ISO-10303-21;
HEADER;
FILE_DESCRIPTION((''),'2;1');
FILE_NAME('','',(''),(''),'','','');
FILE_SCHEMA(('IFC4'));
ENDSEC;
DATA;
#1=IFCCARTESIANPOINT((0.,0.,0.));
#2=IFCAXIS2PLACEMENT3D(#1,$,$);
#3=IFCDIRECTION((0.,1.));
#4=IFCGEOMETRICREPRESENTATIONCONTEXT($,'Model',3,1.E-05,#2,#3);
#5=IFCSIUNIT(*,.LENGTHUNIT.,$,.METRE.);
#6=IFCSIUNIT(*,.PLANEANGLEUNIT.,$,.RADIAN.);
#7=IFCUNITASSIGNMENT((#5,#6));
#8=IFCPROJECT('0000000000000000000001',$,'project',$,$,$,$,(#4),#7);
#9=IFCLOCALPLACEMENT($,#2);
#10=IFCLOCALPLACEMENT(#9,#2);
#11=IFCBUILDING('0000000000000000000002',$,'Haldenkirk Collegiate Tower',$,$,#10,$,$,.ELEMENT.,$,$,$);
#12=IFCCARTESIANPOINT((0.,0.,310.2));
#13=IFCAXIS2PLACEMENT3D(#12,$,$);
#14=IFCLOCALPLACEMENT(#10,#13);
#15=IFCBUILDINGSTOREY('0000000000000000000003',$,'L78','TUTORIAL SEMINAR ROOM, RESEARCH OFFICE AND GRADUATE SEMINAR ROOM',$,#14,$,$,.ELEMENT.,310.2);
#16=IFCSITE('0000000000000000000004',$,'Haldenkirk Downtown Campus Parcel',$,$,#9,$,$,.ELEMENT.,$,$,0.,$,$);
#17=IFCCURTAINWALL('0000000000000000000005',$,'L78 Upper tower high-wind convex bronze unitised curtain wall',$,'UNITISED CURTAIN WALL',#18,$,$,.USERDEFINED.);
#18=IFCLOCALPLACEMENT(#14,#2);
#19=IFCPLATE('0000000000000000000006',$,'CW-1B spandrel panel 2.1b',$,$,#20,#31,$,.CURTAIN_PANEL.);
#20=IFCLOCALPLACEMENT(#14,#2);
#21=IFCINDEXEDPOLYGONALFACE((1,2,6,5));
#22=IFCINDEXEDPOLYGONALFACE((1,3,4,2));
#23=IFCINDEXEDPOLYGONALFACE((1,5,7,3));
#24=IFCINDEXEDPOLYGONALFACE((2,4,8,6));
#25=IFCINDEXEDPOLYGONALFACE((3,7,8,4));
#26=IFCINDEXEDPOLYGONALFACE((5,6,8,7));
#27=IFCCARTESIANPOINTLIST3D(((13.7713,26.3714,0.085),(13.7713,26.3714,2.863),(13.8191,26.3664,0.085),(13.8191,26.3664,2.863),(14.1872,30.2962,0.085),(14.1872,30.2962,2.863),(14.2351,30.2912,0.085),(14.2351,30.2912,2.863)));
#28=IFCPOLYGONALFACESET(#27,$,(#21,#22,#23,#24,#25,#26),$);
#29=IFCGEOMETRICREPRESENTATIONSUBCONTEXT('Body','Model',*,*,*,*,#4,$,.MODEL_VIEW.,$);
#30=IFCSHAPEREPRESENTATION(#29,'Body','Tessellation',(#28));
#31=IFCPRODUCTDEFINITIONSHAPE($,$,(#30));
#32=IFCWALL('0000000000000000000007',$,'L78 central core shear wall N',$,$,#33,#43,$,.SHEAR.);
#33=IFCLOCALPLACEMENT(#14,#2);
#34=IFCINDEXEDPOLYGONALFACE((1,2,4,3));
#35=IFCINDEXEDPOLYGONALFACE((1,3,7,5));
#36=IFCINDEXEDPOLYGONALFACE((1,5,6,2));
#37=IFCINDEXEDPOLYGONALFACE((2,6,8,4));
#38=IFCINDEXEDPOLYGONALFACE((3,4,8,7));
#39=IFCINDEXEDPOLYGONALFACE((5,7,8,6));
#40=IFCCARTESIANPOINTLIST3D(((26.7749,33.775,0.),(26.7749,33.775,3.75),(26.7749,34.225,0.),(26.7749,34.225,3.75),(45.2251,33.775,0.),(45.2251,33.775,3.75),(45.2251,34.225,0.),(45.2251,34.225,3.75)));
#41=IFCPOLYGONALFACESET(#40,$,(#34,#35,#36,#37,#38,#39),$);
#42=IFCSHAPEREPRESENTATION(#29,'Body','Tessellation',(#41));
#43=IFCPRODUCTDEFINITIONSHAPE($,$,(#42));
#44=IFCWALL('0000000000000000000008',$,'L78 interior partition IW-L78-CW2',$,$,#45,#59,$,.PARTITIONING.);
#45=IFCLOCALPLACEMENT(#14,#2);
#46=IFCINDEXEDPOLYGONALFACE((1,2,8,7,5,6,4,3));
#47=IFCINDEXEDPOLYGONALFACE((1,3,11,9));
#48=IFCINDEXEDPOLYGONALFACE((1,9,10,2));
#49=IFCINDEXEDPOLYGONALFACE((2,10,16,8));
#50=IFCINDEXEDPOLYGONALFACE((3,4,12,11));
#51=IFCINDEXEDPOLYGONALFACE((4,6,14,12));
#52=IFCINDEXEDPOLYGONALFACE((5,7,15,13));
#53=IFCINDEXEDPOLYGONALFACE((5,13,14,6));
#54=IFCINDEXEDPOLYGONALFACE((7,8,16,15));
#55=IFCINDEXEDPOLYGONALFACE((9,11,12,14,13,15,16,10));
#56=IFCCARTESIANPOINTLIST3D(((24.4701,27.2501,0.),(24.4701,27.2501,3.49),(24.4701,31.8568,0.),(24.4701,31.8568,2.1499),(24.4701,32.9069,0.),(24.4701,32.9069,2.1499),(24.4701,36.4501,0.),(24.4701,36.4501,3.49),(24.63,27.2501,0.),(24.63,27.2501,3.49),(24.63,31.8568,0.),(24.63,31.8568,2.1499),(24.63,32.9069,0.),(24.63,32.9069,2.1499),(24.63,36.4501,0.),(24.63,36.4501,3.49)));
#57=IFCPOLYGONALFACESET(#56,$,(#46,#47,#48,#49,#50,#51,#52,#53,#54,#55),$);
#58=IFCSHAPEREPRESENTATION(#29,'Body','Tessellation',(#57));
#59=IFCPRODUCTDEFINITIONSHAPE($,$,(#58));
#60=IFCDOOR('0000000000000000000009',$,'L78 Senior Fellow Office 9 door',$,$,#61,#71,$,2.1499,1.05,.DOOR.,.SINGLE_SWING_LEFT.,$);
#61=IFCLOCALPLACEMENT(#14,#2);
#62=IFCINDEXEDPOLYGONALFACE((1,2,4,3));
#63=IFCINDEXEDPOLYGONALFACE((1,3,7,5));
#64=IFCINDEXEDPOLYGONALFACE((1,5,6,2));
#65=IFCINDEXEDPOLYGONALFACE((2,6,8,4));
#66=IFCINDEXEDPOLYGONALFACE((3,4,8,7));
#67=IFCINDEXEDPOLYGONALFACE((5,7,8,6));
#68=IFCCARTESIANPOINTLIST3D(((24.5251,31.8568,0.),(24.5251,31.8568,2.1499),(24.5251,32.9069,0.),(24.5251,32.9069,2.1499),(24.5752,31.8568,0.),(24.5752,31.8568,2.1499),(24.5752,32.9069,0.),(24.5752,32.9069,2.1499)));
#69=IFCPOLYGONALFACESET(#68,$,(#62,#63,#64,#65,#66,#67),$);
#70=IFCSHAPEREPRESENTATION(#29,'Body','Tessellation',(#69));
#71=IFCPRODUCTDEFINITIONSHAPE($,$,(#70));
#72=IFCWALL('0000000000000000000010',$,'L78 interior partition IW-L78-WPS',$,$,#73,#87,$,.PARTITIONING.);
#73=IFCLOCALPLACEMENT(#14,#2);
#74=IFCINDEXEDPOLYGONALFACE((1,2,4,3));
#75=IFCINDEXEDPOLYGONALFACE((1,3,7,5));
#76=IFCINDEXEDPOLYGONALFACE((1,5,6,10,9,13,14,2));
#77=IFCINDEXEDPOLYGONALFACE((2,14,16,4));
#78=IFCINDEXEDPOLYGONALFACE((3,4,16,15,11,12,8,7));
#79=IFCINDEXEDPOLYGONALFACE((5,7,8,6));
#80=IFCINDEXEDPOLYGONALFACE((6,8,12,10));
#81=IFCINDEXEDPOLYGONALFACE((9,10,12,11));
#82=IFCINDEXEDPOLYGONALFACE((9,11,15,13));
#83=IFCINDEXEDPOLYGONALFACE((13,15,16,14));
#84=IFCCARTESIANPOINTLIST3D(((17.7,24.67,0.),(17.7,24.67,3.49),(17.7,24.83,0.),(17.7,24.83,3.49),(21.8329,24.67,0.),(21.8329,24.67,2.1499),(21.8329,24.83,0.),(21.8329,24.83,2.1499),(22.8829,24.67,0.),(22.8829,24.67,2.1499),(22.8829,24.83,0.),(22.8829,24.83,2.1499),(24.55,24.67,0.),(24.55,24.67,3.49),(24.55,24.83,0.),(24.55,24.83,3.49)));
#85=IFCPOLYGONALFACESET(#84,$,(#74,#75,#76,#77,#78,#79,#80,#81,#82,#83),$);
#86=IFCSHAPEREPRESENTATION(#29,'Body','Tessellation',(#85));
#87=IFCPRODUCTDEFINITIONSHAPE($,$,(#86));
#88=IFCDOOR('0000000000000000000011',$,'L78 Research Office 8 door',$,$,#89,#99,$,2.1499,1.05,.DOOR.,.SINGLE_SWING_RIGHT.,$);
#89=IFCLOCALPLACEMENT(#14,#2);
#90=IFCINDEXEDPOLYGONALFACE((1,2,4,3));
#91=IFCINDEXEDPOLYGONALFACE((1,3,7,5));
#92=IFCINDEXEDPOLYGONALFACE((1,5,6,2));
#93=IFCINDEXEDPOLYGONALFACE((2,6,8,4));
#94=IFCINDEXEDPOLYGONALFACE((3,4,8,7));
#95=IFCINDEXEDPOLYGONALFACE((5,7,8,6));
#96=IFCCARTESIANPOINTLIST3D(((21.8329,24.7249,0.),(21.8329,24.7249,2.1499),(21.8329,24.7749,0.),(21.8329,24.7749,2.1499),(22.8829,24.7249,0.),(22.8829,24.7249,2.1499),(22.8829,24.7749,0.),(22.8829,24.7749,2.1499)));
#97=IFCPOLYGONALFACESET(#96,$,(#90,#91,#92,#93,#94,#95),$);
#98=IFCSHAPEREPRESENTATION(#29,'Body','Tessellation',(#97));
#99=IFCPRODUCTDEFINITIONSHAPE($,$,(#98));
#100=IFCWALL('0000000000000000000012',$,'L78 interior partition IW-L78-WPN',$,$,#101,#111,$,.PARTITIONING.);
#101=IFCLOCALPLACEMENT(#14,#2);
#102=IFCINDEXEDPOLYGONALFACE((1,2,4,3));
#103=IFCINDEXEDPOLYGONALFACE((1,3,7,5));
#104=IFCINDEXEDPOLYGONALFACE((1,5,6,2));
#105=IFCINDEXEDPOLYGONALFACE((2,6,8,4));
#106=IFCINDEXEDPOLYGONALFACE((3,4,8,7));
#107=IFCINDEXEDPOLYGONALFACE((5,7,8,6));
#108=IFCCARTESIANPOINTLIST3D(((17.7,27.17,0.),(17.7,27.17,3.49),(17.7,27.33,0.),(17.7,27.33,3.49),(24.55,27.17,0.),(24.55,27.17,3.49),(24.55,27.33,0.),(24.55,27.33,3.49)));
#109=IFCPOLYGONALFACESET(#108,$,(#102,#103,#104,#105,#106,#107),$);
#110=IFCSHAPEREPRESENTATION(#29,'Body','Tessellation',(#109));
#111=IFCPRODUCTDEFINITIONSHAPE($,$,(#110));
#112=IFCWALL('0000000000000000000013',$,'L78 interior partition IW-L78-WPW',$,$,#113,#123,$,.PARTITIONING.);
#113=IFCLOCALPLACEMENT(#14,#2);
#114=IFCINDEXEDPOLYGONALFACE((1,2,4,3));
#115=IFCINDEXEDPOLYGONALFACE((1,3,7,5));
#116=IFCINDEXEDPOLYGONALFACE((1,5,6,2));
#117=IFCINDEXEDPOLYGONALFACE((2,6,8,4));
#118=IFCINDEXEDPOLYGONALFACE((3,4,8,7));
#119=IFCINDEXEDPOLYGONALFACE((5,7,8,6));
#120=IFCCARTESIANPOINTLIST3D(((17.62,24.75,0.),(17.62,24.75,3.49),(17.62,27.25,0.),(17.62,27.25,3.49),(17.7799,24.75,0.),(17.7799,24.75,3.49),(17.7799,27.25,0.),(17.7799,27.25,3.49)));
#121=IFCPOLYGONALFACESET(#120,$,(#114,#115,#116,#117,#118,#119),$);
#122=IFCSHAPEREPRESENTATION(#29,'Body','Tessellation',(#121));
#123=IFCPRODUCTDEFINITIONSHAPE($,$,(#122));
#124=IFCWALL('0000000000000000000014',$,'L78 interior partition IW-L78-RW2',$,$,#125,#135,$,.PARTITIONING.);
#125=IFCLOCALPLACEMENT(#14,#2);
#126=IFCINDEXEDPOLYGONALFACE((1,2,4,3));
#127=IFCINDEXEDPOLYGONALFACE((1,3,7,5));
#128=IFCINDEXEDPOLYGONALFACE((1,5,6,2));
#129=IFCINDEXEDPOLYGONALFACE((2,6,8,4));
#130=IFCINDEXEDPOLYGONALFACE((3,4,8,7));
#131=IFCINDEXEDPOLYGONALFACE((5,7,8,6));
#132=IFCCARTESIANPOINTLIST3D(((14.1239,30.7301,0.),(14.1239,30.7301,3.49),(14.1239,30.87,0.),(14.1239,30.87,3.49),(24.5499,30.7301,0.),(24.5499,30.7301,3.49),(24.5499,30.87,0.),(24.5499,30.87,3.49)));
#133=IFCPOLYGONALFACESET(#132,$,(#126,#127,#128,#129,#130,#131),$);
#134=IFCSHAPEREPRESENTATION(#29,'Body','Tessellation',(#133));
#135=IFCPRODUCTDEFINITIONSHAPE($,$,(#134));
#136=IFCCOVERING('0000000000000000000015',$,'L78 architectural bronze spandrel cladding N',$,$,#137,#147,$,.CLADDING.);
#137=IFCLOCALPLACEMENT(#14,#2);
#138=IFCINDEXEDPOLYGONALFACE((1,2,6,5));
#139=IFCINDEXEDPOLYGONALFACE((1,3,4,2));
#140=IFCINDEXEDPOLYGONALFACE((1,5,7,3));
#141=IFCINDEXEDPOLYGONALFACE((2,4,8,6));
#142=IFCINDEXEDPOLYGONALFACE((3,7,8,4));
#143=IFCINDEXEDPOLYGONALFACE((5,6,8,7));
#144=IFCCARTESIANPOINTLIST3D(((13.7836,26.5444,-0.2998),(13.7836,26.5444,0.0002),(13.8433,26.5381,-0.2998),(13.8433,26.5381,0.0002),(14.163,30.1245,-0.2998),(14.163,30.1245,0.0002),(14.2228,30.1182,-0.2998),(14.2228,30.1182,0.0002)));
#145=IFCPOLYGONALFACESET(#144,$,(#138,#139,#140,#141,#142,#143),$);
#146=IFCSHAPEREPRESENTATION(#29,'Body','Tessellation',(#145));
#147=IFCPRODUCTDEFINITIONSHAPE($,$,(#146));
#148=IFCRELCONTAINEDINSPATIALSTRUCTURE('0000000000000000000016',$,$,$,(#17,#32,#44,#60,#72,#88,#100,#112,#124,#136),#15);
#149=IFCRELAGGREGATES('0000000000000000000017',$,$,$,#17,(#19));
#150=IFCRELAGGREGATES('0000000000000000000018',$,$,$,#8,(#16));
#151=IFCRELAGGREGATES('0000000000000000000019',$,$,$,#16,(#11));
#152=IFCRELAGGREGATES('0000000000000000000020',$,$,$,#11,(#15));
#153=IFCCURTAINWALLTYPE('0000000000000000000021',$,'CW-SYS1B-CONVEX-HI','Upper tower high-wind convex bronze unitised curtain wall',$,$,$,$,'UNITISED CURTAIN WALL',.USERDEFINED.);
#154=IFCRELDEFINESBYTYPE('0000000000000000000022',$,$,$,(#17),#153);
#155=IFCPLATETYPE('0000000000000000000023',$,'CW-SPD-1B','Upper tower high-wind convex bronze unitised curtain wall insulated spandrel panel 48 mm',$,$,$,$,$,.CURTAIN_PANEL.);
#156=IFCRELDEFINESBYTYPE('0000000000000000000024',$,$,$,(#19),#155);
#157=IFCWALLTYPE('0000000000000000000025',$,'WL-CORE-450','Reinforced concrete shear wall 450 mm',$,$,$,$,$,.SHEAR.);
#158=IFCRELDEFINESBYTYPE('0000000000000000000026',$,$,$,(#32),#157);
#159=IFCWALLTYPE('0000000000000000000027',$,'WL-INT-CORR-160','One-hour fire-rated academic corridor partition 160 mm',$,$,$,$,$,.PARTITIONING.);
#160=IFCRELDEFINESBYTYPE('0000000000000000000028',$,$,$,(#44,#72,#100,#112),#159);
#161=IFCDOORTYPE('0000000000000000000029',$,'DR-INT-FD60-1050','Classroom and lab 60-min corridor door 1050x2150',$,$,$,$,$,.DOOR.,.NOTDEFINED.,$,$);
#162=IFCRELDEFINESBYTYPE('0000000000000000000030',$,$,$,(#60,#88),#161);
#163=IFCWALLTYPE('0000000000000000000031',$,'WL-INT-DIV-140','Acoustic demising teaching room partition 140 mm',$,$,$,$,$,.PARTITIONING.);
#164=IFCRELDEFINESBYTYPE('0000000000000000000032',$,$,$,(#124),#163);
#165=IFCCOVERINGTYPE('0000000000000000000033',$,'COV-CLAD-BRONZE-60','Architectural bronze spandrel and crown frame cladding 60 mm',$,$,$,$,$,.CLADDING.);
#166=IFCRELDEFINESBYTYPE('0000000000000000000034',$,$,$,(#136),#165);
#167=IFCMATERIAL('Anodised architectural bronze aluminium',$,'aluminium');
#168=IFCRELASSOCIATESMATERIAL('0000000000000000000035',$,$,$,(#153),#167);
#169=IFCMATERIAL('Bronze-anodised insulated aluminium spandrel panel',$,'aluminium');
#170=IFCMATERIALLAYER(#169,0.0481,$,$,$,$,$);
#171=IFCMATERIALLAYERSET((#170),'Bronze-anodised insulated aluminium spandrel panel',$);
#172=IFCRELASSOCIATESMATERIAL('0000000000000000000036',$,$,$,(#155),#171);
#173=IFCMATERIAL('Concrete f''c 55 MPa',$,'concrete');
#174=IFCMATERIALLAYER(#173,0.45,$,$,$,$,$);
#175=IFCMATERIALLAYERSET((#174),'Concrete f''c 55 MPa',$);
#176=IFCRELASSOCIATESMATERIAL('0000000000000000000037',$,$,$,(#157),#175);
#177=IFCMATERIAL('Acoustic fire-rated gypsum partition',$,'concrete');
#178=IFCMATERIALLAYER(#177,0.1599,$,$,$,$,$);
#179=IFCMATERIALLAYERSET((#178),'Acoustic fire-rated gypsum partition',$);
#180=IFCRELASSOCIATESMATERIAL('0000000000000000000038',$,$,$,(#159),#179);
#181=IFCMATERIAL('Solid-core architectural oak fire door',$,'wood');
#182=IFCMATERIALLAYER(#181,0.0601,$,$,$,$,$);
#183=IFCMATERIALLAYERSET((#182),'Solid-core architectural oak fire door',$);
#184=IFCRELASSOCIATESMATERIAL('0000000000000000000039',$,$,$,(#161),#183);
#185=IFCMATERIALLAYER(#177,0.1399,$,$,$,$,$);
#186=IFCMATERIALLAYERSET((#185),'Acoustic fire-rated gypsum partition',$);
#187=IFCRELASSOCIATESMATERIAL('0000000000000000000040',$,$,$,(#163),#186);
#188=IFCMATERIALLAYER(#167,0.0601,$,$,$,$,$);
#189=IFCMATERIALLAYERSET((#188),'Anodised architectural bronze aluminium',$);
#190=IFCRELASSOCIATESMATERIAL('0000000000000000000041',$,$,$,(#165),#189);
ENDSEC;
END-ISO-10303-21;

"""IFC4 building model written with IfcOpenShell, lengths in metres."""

from ifc_helpers import new_model, si_unit, direction, frame, frame_2d, origin, origin_2d, place, context, subcontext, project, spatial, rectangle, extrude, source, transform, mapped, material, layer, layer_set, type_object, element, fill, aggregate, save


model = new_model("IFC4")

# Units and contexts
model_context = context("Model", 3, precision=1e-05, world=origin(), true_north=direction((0.0, 1.0)))
body_context = subcontext(model_context, "Body", "Model", "MODEL_VIEW")
ifc_project = project(units=[si_unit("LENGTHUNIT", "METRE"), si_unit("PLANEANGLEUNIT", "RADIAN")], contexts=[model_context])

# Site, building, storey
site_placement = place(None, origin())
site = spatial("IfcSite", under=ifc_project, at=site_placement, Name="Haldenkirk Downtown Campus Parcel", CompositionType="ELEMENT", RefElevation=0.0)
building_placement = place(site_placement, origin())
building = spatial("IfcBuilding", under=site, at=building_placement, Name="Haldenkirk Collegiate Tower", CompositionType="ELEMENT")
storey_placement = place(building_placement, frame((0.0, 0.0, 310.2)))
storey = spatial("IfcBuildingStorey", under=building, at=storey_placement, Name="L78", Description="TUTORIAL SEMINAR ROOM, RESEARCH OFFICE AND GRADUATE SEMINAR ROOM", CompositionType="ELEMENT", Elevation=310.2)

# Curtain wall
ifc_material_1 = material(Name="Anodised architectural bronze aluminium", Category="aluminium")
curtain_wall_type = type_object("IfcCurtainWallType", Name="CW-SYS1B-CONVEX-HI", Description="Upper tower high-wind convex bronze unitised curtain wall", ElementType="UNITISED CURTAIN WALL", PredefinedType="USERDEFINED", material=ifc_material_1)
curtain_wall_placement = place(storey_placement, origin())
curtain_wall = element("IfcCurtainWall", 1, at=curtain_wall_placement, inside=storey, type_object=curtain_wall_type, Name="L78 Upper tower high-wind convex bronze unitised curtain wall", ObjectType="UNITISED CURTAIN WALL", PredefinedType="USERDEFINED")

# Plate
ifc_material_2 = material(Name="Bronze-anodised insulated aluminium spandrel panel", Category="aluminium")
ifc_layer_1 = layer(ifc_material_2, 0.0481)
ifc_layer_set_1 = layer_set([ifc_layer_1], Name="Bronze-anodised insulated aluminium spandrel panel")
plate_type = type_object("IfcPlateType", Name="CW-SPD-1B", Description="Upper tower high-wind convex bronze unitised curtain wall insulated spandrel panel 48 mm", PredefinedType="CURTAIN_PANEL", material=ifc_layer_set_1)
shared_shape_1 = source(origin(), body_context, "Body", "SweptSolid", [
    extrude(rectangle(XDim=3.9468, YDim=0.0481, at=origin_2d()), origin(), (0.0, 0.0, 1.0), 2.7781),
])
plate_1_placement = place(storey_placement, frame((14.0032, 28.3313, 0.085), z_axis=(0.0, 0.0, 1.0), x_axis=(0.105394, 0.99443, 0.0)))
plate_1 = element("IfcPlate", 2, at=plate_1_placement, type_object=plate_type, Name="CW-1B spandrel panel 2.1b", PredefinedType="CURTAIN_PANEL", context=body_context, shape_type="MappedRepresentation", body=[
    mapped(shared_shape_1, transform((0.0, 0.0, 0.0), x_axis=(1.0, 0.0, 0.0), y_axis=(0.0, 1.0, 0.0), z_axis=(0.0, 0.0, 1.0), scale=1.0)),
])
aggregate(curtain_wall, [plate_1])

# Wall
ifc_material_3 = material(Name="Concrete f'c 55 MPa", Category="concrete")
ifc_layer_2 = layer(ifc_material_3, 0.45)
ifc_layer_set_2 = layer_set([ifc_layer_2], Name="Concrete f'c 55 MPa")
wall_type_1 = type_object("IfcWallType", Name="WL-CORE-450", Description="Reinforced concrete shear wall 450 mm", PredefinedType="SHEAR", material=ifc_layer_set_2)
wall_1_placement = place(storey_placement, frame((26.7749, 34.0, 0.0), z_axis=(0.0, 0.0, 1.0), x_axis=(1.0, 0.0, 0.0)))
element("IfcWall", 3, at=wall_1_placement, inside=storey, type_object=wall_type_1, Name="L78 central core shear wall N", PredefinedType="SHEAR", context=body_context, shape_type="SweptSolid", body=[
    extrude(rectangle(XDim=18.4502, YDim=0.45, at=frame_2d((9.2251, 0.0))), origin(), (0.0, 0.0, 1.0), 3.75),
])

# Walls, openings, doors
ifc_material_4 = material(Name="Acoustic fire-rated gypsum partition", Category="concrete")
ifc_layer_3 = layer(ifc_material_4, 0.1599)
ifc_layer_set_3 = layer_set([ifc_layer_3], Name="Acoustic fire-rated gypsum partition")
wall_type_2 = type_object("IfcWallType", Name="WL-INT-CORR-160", Description="One-hour fire-rated academic corridor partition 160 mm", PredefinedType="PARTITIONING", material=ifc_layer_set_3)
wall_2_placement = place(storey_placement, frame((24.55, 27.25, 0.0), z_axis=(0.0, 0.0, 1.0), x_axis=(0.0, 1.0, 0.0)))
wall_2 = element("IfcWall", 4, at=wall_2_placement, inside=storey, type_object=wall_type_2, Name="L78 interior partition IW-L78-CW2", PredefinedType="PARTITIONING", context=body_context, shape_type="SweptSolid", body=[
    extrude(rectangle(XDim=9.2, YDim=0.1599, at=frame_2d((4.6001, 0.0))), origin(), (0.0, 0.0, 1.0), 3.49),
])
opening_1_placement = place(wall_2_placement, frame((4.6069, 0.0, 0.0)))
opening_1 = element("IfcOpeningElement", 5, at=opening_1_placement, cuts=wall_2, PredefinedType="OPENING", context=body_context, shape_type="SweptSolid", body=[
    extrude(rectangle(XDim=1.05, YDim=2.1499, at=frame_2d((0.5249, 1.075))), frame((0.0, 0.0898, 0.0), z_axis=(0.0, -1.0, 0.0), x_axis=(1.0, 0.0, 0.0)), (0.0, 0.0, 1.0), 0.1799),
])
ifc_material_5 = material(Name="Solid-core architectural oak fire door", Category="wood")
ifc_layer_4 = layer(ifc_material_5, 0.0601)
ifc_layer_set_4 = layer_set([ifc_layer_4], Name="Solid-core architectural oak fire door")
door_type = type_object("IfcDoorType", Name="DR-INT-FD60-1050", Description="Classroom and lab 60-min corridor door 1050x2150", OperationType="NOTDEFINED", PredefinedType="DOOR", material=ifc_layer_set_4)
door_1_placement = place(opening_1_placement, origin())
door_1 = element("IfcDoor", 6, at=door_1_placement, inside=storey, type_object=door_type, Name="L78 Senior Fellow Office 9 door", OperationType="SINGLE_SWING_LEFT", OverallHeight=2.1499, OverallWidth=1.05, PredefinedType="DOOR", context=body_context, shape_type="SweptSolid", body=[
    extrude(rectangle(XDim=1.05, YDim=2.1499, at=frame_2d((0.5249, 1.075))), frame((0.0, 0.0249, 0.0), z_axis=(0.0, -1.0, 0.0), x_axis=(1.0, 0.0, 0.0)), (0.0, 0.0, 1.0), 0.05),
])
fill(opening_1, door_1)
wall_3_placement = place(storey_placement, frame((17.7, 24.75, 0.0), z_axis=(0.0, 0.0, 1.0), x_axis=(1.0, 0.0, 0.0)))
wall_3 = element("IfcWall", 7, at=wall_3_placement, inside=storey, type_object=wall_type_2, Name="L78 interior partition IW-L78-WPS", PredefinedType="PARTITIONING", context=body_context, shape_type="SweptSolid", body=[
    extrude(rectangle(XDim=6.8501, YDim=0.1599, at=frame_2d((3.425, 0.0))), origin(), (0.0, 0.0, 1.0), 3.49),
])
opening_2_placement = place(wall_3_placement, frame((4.1331, 0.0, 0.0)))
opening_2 = element("IfcOpeningElement", 8, at=opening_2_placement, cuts=wall_3, PredefinedType="OPENING", context=body_context, shape_type="SweptSolid", body=[
    extrude(rectangle(XDim=1.05, YDim=2.1499, at=frame_2d((0.5249, 1.075))), frame((0.0, 0.0898, 0.0), z_axis=(0.0, -1.0, 0.0), x_axis=(1.0, 0.0, 0.0)), (0.0, 0.0, 1.0), 0.1799),
])
door_2_placement = place(opening_2_placement, origin())
door_2 = element("IfcDoor", 9, at=door_2_placement, inside=storey, type_object=door_type, Name="L78 Research Office 8 door", OperationType="SINGLE_SWING_RIGHT", OverallHeight=2.1499, OverallWidth=1.05, PredefinedType="DOOR", context=body_context, shape_type="SweptSolid", body=[
    extrude(rectangle(XDim=1.05, YDim=2.1499, at=frame_2d((0.5249, 1.075))), frame((0.0, 0.0249, 0.0), z_axis=(0.0, -1.0, 0.0), x_axis=(1.0, 0.0, 0.0)), (0.0, 0.0, 1.0), 0.05),
])
fill(opening_2, door_2)

# Walls
wall_4_placement = place(storey_placement, frame((17.7, 27.25, 0.0), z_axis=(0.0, 0.0, 1.0), x_axis=(1.0, 0.0, 0.0)))
element("IfcWall", 10, at=wall_4_placement, inside=storey, type_object=wall_type_2, Name="L78 interior partition IW-L78-WPN", PredefinedType="PARTITIONING", context=body_context, shape_type="SweptSolid", body=[
    extrude(rectangle(XDim=6.8501, YDim=0.1599, at=frame_2d((3.425, 0.0))), origin(), (0.0, 0.0, 1.0), 3.49),
])
wall_5_placement = place(storey_placement, frame((17.7, 24.75, 0.0), z_axis=(0.0, 0.0, 1.0), x_axis=(0.0, 1.0, 0.0)))
element("IfcWall", 11, at=wall_5_placement, inside=storey, type_object=wall_type_2, Name="L78 interior partition IW-L78-WPW", PredefinedType="PARTITIONING", context=body_context, shape_type="SweptSolid", body=[
    extrude(rectangle(XDim=2.5, YDim=0.1599, at=frame_2d((1.25, 0.0))), origin(), (0.0, 0.0, 1.0), 3.49),
])
ifc_layer_5 = layer(ifc_material_4, 0.1399)
ifc_layer_set_5 = layer_set([ifc_layer_5], Name="Acoustic fire-rated gypsum partition")
wall_type_3 = type_object("IfcWallType", Name="WL-INT-DIV-140", Description="Acoustic demising teaching room partition 140 mm", PredefinedType="PARTITIONING", material=ifc_layer_set_5)
wall_6_placement = place(storey_placement, frame((14.124, 30.8, 0.0), z_axis=(0.0, 0.0, 1.0), x_axis=(1.0, 0.0, 0.0)))
element("IfcWall", 12, at=wall_6_placement, inside=storey, type_object=wall_type_3, Name="L78 interior partition IW-L78-RW2", PredefinedType="PARTITIONING", context=body_context, shape_type="SweptSolid", body=[
    extrude(rectangle(XDim=10.426, YDim=0.1399, at=frame_2d((5.2129, 0.0))), origin(), (0.0, 0.0, 1.0), 3.49),
])

# Covering
ifc_layer_6 = layer(ifc_material_1, 0.0601)
ifc_layer_set_6 = layer_set([ifc_layer_6], Name="Anodised architectural bronze aluminium")
covering_type = type_object("IfcCoveringType", Name="COV-CLAD-BRONZE-60", Description="Architectural bronze spandrel and crown frame cladding 60 mm", PredefinedType="CLADDING", material=ifc_layer_set_6)
shared_shape_2 = source(origin(), body_context, "Body", "SweptSolid", [
    extrude(rectangle(XDim=3.6001, YDim=0.0601, at=origin_2d()), origin(), (0.0, 0.0, 1.0), 0.3),
])
covering_placement = place(storey_placement, frame((14.0032, 28.3313, -0.2998), z_axis=(0.0, 0.0, 1.0), x_axis=(0.105396, 0.99443, 0.0)))
element("IfcCovering", 13, at=covering_placement, inside=storey, type_object=covering_type, Name="L78 architectural bronze spandrel cladding N", PredefinedType="CLADDING", context=body_context, shape_type="MappedRepresentation", body=[
    mapped(shared_shape_2, transform((0.0, 0.0, 0.0), x_axis=(1.0, 0.0, 0.0), y_axis=(0.0, 1.0, 0.0), z_axis=(0.0, 0.0, 1.0), scale=1.0)),
])

save(model, "model.ifc")
